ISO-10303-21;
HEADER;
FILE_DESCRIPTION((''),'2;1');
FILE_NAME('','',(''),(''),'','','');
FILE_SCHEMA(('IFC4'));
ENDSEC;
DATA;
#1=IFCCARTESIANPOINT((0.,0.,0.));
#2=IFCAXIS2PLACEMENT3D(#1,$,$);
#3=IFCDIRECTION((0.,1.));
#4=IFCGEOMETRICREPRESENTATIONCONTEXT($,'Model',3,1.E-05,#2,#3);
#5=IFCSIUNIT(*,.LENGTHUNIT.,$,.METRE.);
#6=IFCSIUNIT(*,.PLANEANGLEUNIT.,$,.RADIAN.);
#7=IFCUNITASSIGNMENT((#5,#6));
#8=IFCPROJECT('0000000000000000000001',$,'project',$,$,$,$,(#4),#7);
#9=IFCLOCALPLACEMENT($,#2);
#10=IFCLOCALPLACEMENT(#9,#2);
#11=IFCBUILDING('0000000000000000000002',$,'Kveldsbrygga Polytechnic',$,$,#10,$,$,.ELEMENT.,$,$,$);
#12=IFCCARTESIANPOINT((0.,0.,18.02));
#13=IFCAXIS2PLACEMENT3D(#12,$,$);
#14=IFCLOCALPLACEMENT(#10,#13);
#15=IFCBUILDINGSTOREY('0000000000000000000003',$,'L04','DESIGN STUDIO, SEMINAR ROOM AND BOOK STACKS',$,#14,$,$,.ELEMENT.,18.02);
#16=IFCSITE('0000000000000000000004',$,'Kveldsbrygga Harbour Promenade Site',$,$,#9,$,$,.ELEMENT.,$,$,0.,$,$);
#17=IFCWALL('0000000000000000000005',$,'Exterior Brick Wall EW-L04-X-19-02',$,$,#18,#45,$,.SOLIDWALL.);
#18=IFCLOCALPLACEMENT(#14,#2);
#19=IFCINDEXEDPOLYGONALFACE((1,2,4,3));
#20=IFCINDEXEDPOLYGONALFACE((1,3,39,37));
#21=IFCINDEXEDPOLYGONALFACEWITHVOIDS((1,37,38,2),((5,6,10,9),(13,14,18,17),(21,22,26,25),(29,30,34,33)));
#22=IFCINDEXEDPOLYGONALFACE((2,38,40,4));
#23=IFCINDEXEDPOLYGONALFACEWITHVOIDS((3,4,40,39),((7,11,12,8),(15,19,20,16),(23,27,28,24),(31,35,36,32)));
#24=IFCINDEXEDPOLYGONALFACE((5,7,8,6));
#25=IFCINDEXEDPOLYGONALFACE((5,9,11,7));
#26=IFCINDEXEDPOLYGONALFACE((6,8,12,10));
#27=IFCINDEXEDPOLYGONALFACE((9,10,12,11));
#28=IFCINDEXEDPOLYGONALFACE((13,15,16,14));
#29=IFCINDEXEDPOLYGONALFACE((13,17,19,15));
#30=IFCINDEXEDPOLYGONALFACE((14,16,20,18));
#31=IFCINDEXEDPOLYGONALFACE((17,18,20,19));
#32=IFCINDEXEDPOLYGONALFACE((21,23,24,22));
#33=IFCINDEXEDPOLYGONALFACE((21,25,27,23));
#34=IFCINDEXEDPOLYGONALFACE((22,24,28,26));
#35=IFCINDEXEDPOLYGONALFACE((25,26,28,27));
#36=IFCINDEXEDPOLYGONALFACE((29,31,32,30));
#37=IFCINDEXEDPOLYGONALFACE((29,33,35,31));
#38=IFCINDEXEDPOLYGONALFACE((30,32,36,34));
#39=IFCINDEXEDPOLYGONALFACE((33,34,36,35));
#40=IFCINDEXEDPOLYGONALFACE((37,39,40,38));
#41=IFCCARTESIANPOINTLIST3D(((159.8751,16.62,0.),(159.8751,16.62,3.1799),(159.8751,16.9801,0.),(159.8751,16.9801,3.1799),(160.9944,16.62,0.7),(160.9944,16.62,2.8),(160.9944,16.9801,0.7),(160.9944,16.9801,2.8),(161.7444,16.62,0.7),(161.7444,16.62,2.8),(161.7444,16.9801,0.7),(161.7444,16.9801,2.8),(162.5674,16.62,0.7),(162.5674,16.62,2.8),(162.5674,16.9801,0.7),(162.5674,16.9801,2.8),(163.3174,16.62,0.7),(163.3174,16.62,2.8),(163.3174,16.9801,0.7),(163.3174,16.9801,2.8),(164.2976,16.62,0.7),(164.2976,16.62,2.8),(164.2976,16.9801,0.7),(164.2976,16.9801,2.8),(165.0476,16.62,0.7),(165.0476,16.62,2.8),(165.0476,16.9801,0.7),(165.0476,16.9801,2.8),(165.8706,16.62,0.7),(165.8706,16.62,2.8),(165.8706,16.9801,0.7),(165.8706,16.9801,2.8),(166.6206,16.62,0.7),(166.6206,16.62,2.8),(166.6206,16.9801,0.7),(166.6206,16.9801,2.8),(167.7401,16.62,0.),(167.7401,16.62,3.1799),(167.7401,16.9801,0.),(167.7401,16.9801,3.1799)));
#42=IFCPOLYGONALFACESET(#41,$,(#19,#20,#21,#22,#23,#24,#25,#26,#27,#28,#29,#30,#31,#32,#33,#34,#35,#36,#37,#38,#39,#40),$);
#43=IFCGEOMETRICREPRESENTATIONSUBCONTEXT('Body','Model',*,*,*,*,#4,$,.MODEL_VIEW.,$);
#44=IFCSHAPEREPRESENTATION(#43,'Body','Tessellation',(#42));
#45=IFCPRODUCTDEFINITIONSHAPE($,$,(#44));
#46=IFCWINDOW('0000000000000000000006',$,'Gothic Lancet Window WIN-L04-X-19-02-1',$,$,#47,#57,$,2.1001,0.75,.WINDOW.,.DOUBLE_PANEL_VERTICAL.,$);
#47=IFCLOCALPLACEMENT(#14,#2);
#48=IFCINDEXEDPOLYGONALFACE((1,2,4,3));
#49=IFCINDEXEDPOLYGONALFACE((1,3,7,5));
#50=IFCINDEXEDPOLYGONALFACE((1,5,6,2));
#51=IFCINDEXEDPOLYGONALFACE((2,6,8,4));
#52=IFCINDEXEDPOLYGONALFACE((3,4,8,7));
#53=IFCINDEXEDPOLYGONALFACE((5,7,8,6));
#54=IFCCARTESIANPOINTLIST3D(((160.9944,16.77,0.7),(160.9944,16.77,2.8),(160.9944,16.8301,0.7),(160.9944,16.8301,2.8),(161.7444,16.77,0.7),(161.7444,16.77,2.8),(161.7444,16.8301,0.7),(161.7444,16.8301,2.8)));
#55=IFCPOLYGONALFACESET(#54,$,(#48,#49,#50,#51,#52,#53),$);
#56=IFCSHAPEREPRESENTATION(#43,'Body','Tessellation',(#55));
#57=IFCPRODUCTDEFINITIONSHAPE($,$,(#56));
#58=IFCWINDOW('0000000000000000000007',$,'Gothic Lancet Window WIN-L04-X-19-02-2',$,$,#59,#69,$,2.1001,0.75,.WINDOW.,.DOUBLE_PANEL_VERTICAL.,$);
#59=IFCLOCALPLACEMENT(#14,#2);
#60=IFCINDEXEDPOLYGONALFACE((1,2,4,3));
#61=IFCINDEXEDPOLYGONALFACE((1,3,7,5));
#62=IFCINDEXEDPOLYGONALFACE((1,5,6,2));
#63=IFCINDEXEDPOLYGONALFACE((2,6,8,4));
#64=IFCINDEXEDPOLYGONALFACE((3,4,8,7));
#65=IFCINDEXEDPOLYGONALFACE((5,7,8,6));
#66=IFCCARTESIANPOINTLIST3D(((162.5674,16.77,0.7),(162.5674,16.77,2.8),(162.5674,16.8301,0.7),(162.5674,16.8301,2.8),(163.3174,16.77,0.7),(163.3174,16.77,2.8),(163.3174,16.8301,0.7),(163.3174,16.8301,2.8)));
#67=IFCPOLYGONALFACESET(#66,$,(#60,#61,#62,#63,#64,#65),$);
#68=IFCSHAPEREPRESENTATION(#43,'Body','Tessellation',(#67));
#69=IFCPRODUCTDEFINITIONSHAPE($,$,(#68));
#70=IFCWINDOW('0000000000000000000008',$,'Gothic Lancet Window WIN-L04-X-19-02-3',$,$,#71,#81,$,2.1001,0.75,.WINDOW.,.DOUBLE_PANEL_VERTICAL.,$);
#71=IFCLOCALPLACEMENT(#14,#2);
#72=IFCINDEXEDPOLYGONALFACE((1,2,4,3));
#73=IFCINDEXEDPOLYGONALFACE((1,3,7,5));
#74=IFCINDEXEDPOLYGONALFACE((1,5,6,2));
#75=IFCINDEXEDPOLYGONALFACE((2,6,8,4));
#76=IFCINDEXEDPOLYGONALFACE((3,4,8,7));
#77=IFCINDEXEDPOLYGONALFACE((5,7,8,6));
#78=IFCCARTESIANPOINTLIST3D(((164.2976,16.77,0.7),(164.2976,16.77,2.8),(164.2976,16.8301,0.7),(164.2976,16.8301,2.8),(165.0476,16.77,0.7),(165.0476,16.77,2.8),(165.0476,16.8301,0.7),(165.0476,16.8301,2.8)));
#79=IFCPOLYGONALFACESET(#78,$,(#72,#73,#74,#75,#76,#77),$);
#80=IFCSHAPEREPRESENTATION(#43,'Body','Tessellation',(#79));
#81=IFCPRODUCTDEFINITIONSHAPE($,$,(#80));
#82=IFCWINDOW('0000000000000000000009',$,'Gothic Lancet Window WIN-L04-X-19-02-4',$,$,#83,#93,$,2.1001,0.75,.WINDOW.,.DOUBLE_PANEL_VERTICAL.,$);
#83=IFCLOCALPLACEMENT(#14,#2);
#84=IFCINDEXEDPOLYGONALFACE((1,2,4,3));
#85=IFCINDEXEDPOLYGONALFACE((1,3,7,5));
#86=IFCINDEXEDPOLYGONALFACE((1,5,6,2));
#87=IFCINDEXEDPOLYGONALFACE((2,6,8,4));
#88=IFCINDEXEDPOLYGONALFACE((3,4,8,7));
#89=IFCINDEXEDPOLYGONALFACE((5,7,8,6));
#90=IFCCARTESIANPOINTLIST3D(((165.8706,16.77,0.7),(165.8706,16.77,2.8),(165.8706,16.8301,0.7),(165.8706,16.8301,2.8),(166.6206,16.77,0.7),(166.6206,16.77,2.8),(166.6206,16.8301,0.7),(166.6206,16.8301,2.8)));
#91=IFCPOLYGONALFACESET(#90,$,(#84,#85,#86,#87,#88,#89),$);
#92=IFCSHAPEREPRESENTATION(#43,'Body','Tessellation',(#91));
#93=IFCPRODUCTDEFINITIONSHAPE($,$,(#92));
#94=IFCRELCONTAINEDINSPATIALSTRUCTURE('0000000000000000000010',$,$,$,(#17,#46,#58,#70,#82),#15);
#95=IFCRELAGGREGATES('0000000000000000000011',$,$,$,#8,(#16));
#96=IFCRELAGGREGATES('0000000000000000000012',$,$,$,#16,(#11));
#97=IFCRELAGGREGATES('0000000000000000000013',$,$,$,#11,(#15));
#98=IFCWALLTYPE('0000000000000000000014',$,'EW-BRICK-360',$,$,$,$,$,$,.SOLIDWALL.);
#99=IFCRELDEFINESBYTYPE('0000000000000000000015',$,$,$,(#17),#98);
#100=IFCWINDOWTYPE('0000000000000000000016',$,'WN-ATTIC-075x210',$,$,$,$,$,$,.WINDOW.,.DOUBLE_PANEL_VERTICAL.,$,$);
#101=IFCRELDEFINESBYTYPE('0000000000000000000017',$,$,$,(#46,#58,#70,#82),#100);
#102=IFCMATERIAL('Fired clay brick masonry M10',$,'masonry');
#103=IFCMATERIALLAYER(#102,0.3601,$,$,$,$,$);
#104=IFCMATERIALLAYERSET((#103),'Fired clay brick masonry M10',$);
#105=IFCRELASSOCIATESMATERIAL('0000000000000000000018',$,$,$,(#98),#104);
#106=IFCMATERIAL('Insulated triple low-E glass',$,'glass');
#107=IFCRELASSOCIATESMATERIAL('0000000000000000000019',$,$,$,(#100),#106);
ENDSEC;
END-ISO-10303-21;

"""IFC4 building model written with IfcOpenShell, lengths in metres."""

from ifc_helpers import new_model, si_unit, direction, frame, frame_2d, origin, place, context, subcontext, project, spatial, rectangle, extrude, material, layer, layer_set, type_object, element, fill, save


model = new_model("IFC4")

# Units and contexts
model_context = context("Model", 3, precision=1e-05, world=origin(), true_north=direction((0.0, 1.0)))
body_context = subcontext(model_context, "Body", "Model", "MODEL_VIEW")
ifc_project = project(units=[si_unit("LENGTHUNIT", "METRE"), si_unit("PLANEANGLEUNIT", "RADIAN")], contexts=[model_context])

# Site, building, storey
site_placement = place(None, origin())
site = spatial("IfcSite", under=ifc_project, at=site_placement, Name="Kveldsbrygga Harbour Promenade Site", CompositionType="ELEMENT", RefElevation=0.0)
building_placement = place(site_placement, origin())
building = spatial("IfcBuilding", under=site, at=building_placement, Name="Kveldsbrygga Polytechnic", CompositionType="ELEMENT")
storey_placement = place(building_placement, frame((0.0, 0.0, 18.02)))
storey = spatial("IfcBuildingStorey", under=building, at=storey_placement, Name="L04", Description="DESIGN STUDIO, SEMINAR ROOM AND BOOK STACKS", CompositionType="ELEMENT", Elevation=18.02)

# Shared definitions
ifc_material_1 = material(Name="Insulated triple low-E glass", Category="glass")

# Wall, openings, windows
ifc_material_2 = material(Name="Fired clay brick masonry M10", Category="masonry")
ifc_layer_1 = layer(ifc_material_2, 0.3601)
ifc_layer_set_1 = layer_set([ifc_layer_1], Name="Fired clay brick masonry M10")
wall_type = type_object("IfcWallType", Name="EW-BRICK-360", PredefinedType="SOLIDWALL", material=ifc_layer_set_1)
wall_1_placement = place(storey_placement, frame((159.875, 16.8, 0.0), z_axis=(0.0, 0.0, 1.0), x_axis=(1.0, 0.0, 0.0)))
wall_1 = element("IfcWall", 1, at=wall_1_placement, inside=storey, type_object=wall_type, Name="Exterior Brick Wall EW-L04-X-19-02", PredefinedType="SOLIDWALL", context=body_context, shape_type="SweptSolid", body=[
    extrude(rectangle(XDim=7.865, YDim=0.3601, at=frame_2d((3.9326, 0.0))), origin(), (0.0, 0.0, 1.0), 3.1799),
])
opening_1_placement = place(wall_1_placement, frame((1.1194, 0.0, 0.7)))
opening_1 = element("IfcOpeningElement", 2, at=opening_1_placement, cuts=wall_1, PredefinedType="OPENING", context=body_context, shape_type="SweptSolid", body=[
    extrude(rectangle(XDim=0.75, YDim=2.1001, at=frame_2d((0.375, 1.05))), frame((0.0, 0.1899, 0.0), z_axis=(0.0, -1.0, 0.0), x_axis=(1.0, 0.0, 0.0)), (0.0, 0.0, 1.0), 0.3801),
])
opening_2_placement = place(wall_1_placement, frame((2.6924, 0.0, 0.7)))
opening_2 = element("IfcOpeningElement", 3, at=opening_2_placement, cuts=wall_1, PredefinedType="OPENING", context=body_context, shape_type="SweptSolid", body=[
    extrude(rectangle(XDim=0.75, YDim=2.1001, at=frame_2d((0.375, 1.05))), frame((0.0, 0.1899, 0.0), z_axis=(0.0, -1.0, 0.0), x_axis=(1.0, 0.0, 0.0)), (0.0, 0.0, 1.0), 0.3801),
])
opening_3_placement = place(wall_1_placement, frame((4.4226, 0.0, 0.7)))
opening_3 = element("IfcOpeningElement", 4, at=opening_3_placement, cuts=wall_1, PredefinedType="OPENING", context=body_context, shape_type="SweptSolid", body=[
    extrude(rectangle(XDim=0.75, YDim=2.1001, at=frame_2d((0.375, 1.05))), frame((0.0, 0.1899, 0.0), z_axis=(0.0, -1.0, 0.0), x_axis=(1.0, 0.0, 0.0)), (0.0, 0.0, 1.0), 0.3801),
])
opening_4_placement = place(wall_1_placement, frame((5.9956, 0.0, 0.7)))
opening_4 = element("IfcOpeningElement", 5, at=opening_4_placement, cuts=wall_1, PredefinedType="OPENING", context=body_context, shape_type="SweptSolid", body=[
    extrude(rectangle(XDim=0.75, YDim=2.1001, at=frame_2d((0.375, 1.05))), frame((0.0, 0.1899, 0.0), z_axis=(0.0, -1.0, 0.0), x_axis=(1.0, 0.0, 0.0)), (0.0, 0.0, 1.0), 0.3801),
])
window_type = type_object("IfcWindowType", Name="WN-ATTIC-075x210", PartitioningType="DOUBLE_PANEL_VERTICAL", PredefinedType="WINDOW", material=ifc_material_1)
window_1_placement = place(opening_1_placement, origin())
window_1 = element("IfcWindow", 6, at=window_1_placement, inside=storey, type_object=window_type, Name="Gothic Lancet Window WIN-L04-X-19-02-1", OverallHeight=2.1001, OverallWidth=0.75, PartitioningType="DOUBLE_PANEL_VERTICAL", PredefinedType="WINDOW", context=body_context, shape_type="SweptSolid", body=[
    extrude(rectangle(XDim=0.75, YDim=2.1001, at=frame_2d((0.375, 1.05))), frame((0.0, 0.03, 0.0), z_axis=(0.0, -1.0, 0.0), x_axis=(1.0, 0.0, 0.0)), (0.0, 0.0, 1.0), 0.0601),
])
fill(opening_1, window_1)
window_2_placement = place(opening_2_placement, origin())
window_2 = element("IfcWindow", 7, at=window_2_placement, inside=storey, type_object=window_type, Name="Gothic Lancet Window WIN-L04-X-19-02-2", OverallHeight=2.1001, OverallWidth=0.75, PartitioningType="DOUBLE_PANEL_VERTICAL", PredefinedType="WINDOW", context=body_context, shape_type="SweptSolid", body=[
    extrude(rectangle(XDim=0.75, YDim=2.1001, at=frame_2d((0.375, 1.05))), frame((0.0, 0.03, 0.0), z_axis=(0.0, -1.0, 0.0), x_axis=(1.0, 0.0, 0.0)), (0.0, 0.0, 1.0), 0.0601),
])
fill(opening_2, window_2)
window_3_placement = place(opening_3_placement, origin())
window_3 = element("IfcWindow", 8, at=window_3_placement, inside=storey, type_object=window_type, Name="Gothic Lancet Window WIN-L04-X-19-02-3", OverallHeight=2.1001, OverallWidth=0.75, PartitioningType="DOUBLE_PANEL_VERTICAL", PredefinedType="WINDOW", context=body_context, shape_type="SweptSolid", body=[
    extrude(rectangle(XDim=0.75, YDim=2.1001, at=frame_2d((0.375, 1.05))), frame((0.0, 0.03, 0.0), z_axis=(0.0, -1.0, 0.0), x_axis=(1.0, 0.0, 0.0)), (0.0, 0.0, 1.0), 0.0601),
])
fill(opening_3, window_3)
window_4_placement = place(opening_4_placement, origin())
window_4 = element("IfcWindow", 9, at=window_4_placement, inside=storey, type_object=window_type, Name="Gothic Lancet Window WIN-L04-X-19-02-4", OverallHeight=2.1001, OverallWidth=0.75, PartitioningType="DOUBLE_PANEL_VERTICAL", PredefinedType="WINDOW", context=body_context, shape_type="SweptSolid", body=[
    extrude(rectangle(XDim=0.75, YDim=2.1001, at=frame_2d((0.375, 1.05))), frame((0.0, 0.03, 0.0), z_axis=(0.0, -1.0, 0.0), x_axis=(1.0, 0.0, 0.0)), (0.0, 0.0, 1.0), 0.0601),
])
fill(opening_4, window_4)

save(model, "model.ifc")
